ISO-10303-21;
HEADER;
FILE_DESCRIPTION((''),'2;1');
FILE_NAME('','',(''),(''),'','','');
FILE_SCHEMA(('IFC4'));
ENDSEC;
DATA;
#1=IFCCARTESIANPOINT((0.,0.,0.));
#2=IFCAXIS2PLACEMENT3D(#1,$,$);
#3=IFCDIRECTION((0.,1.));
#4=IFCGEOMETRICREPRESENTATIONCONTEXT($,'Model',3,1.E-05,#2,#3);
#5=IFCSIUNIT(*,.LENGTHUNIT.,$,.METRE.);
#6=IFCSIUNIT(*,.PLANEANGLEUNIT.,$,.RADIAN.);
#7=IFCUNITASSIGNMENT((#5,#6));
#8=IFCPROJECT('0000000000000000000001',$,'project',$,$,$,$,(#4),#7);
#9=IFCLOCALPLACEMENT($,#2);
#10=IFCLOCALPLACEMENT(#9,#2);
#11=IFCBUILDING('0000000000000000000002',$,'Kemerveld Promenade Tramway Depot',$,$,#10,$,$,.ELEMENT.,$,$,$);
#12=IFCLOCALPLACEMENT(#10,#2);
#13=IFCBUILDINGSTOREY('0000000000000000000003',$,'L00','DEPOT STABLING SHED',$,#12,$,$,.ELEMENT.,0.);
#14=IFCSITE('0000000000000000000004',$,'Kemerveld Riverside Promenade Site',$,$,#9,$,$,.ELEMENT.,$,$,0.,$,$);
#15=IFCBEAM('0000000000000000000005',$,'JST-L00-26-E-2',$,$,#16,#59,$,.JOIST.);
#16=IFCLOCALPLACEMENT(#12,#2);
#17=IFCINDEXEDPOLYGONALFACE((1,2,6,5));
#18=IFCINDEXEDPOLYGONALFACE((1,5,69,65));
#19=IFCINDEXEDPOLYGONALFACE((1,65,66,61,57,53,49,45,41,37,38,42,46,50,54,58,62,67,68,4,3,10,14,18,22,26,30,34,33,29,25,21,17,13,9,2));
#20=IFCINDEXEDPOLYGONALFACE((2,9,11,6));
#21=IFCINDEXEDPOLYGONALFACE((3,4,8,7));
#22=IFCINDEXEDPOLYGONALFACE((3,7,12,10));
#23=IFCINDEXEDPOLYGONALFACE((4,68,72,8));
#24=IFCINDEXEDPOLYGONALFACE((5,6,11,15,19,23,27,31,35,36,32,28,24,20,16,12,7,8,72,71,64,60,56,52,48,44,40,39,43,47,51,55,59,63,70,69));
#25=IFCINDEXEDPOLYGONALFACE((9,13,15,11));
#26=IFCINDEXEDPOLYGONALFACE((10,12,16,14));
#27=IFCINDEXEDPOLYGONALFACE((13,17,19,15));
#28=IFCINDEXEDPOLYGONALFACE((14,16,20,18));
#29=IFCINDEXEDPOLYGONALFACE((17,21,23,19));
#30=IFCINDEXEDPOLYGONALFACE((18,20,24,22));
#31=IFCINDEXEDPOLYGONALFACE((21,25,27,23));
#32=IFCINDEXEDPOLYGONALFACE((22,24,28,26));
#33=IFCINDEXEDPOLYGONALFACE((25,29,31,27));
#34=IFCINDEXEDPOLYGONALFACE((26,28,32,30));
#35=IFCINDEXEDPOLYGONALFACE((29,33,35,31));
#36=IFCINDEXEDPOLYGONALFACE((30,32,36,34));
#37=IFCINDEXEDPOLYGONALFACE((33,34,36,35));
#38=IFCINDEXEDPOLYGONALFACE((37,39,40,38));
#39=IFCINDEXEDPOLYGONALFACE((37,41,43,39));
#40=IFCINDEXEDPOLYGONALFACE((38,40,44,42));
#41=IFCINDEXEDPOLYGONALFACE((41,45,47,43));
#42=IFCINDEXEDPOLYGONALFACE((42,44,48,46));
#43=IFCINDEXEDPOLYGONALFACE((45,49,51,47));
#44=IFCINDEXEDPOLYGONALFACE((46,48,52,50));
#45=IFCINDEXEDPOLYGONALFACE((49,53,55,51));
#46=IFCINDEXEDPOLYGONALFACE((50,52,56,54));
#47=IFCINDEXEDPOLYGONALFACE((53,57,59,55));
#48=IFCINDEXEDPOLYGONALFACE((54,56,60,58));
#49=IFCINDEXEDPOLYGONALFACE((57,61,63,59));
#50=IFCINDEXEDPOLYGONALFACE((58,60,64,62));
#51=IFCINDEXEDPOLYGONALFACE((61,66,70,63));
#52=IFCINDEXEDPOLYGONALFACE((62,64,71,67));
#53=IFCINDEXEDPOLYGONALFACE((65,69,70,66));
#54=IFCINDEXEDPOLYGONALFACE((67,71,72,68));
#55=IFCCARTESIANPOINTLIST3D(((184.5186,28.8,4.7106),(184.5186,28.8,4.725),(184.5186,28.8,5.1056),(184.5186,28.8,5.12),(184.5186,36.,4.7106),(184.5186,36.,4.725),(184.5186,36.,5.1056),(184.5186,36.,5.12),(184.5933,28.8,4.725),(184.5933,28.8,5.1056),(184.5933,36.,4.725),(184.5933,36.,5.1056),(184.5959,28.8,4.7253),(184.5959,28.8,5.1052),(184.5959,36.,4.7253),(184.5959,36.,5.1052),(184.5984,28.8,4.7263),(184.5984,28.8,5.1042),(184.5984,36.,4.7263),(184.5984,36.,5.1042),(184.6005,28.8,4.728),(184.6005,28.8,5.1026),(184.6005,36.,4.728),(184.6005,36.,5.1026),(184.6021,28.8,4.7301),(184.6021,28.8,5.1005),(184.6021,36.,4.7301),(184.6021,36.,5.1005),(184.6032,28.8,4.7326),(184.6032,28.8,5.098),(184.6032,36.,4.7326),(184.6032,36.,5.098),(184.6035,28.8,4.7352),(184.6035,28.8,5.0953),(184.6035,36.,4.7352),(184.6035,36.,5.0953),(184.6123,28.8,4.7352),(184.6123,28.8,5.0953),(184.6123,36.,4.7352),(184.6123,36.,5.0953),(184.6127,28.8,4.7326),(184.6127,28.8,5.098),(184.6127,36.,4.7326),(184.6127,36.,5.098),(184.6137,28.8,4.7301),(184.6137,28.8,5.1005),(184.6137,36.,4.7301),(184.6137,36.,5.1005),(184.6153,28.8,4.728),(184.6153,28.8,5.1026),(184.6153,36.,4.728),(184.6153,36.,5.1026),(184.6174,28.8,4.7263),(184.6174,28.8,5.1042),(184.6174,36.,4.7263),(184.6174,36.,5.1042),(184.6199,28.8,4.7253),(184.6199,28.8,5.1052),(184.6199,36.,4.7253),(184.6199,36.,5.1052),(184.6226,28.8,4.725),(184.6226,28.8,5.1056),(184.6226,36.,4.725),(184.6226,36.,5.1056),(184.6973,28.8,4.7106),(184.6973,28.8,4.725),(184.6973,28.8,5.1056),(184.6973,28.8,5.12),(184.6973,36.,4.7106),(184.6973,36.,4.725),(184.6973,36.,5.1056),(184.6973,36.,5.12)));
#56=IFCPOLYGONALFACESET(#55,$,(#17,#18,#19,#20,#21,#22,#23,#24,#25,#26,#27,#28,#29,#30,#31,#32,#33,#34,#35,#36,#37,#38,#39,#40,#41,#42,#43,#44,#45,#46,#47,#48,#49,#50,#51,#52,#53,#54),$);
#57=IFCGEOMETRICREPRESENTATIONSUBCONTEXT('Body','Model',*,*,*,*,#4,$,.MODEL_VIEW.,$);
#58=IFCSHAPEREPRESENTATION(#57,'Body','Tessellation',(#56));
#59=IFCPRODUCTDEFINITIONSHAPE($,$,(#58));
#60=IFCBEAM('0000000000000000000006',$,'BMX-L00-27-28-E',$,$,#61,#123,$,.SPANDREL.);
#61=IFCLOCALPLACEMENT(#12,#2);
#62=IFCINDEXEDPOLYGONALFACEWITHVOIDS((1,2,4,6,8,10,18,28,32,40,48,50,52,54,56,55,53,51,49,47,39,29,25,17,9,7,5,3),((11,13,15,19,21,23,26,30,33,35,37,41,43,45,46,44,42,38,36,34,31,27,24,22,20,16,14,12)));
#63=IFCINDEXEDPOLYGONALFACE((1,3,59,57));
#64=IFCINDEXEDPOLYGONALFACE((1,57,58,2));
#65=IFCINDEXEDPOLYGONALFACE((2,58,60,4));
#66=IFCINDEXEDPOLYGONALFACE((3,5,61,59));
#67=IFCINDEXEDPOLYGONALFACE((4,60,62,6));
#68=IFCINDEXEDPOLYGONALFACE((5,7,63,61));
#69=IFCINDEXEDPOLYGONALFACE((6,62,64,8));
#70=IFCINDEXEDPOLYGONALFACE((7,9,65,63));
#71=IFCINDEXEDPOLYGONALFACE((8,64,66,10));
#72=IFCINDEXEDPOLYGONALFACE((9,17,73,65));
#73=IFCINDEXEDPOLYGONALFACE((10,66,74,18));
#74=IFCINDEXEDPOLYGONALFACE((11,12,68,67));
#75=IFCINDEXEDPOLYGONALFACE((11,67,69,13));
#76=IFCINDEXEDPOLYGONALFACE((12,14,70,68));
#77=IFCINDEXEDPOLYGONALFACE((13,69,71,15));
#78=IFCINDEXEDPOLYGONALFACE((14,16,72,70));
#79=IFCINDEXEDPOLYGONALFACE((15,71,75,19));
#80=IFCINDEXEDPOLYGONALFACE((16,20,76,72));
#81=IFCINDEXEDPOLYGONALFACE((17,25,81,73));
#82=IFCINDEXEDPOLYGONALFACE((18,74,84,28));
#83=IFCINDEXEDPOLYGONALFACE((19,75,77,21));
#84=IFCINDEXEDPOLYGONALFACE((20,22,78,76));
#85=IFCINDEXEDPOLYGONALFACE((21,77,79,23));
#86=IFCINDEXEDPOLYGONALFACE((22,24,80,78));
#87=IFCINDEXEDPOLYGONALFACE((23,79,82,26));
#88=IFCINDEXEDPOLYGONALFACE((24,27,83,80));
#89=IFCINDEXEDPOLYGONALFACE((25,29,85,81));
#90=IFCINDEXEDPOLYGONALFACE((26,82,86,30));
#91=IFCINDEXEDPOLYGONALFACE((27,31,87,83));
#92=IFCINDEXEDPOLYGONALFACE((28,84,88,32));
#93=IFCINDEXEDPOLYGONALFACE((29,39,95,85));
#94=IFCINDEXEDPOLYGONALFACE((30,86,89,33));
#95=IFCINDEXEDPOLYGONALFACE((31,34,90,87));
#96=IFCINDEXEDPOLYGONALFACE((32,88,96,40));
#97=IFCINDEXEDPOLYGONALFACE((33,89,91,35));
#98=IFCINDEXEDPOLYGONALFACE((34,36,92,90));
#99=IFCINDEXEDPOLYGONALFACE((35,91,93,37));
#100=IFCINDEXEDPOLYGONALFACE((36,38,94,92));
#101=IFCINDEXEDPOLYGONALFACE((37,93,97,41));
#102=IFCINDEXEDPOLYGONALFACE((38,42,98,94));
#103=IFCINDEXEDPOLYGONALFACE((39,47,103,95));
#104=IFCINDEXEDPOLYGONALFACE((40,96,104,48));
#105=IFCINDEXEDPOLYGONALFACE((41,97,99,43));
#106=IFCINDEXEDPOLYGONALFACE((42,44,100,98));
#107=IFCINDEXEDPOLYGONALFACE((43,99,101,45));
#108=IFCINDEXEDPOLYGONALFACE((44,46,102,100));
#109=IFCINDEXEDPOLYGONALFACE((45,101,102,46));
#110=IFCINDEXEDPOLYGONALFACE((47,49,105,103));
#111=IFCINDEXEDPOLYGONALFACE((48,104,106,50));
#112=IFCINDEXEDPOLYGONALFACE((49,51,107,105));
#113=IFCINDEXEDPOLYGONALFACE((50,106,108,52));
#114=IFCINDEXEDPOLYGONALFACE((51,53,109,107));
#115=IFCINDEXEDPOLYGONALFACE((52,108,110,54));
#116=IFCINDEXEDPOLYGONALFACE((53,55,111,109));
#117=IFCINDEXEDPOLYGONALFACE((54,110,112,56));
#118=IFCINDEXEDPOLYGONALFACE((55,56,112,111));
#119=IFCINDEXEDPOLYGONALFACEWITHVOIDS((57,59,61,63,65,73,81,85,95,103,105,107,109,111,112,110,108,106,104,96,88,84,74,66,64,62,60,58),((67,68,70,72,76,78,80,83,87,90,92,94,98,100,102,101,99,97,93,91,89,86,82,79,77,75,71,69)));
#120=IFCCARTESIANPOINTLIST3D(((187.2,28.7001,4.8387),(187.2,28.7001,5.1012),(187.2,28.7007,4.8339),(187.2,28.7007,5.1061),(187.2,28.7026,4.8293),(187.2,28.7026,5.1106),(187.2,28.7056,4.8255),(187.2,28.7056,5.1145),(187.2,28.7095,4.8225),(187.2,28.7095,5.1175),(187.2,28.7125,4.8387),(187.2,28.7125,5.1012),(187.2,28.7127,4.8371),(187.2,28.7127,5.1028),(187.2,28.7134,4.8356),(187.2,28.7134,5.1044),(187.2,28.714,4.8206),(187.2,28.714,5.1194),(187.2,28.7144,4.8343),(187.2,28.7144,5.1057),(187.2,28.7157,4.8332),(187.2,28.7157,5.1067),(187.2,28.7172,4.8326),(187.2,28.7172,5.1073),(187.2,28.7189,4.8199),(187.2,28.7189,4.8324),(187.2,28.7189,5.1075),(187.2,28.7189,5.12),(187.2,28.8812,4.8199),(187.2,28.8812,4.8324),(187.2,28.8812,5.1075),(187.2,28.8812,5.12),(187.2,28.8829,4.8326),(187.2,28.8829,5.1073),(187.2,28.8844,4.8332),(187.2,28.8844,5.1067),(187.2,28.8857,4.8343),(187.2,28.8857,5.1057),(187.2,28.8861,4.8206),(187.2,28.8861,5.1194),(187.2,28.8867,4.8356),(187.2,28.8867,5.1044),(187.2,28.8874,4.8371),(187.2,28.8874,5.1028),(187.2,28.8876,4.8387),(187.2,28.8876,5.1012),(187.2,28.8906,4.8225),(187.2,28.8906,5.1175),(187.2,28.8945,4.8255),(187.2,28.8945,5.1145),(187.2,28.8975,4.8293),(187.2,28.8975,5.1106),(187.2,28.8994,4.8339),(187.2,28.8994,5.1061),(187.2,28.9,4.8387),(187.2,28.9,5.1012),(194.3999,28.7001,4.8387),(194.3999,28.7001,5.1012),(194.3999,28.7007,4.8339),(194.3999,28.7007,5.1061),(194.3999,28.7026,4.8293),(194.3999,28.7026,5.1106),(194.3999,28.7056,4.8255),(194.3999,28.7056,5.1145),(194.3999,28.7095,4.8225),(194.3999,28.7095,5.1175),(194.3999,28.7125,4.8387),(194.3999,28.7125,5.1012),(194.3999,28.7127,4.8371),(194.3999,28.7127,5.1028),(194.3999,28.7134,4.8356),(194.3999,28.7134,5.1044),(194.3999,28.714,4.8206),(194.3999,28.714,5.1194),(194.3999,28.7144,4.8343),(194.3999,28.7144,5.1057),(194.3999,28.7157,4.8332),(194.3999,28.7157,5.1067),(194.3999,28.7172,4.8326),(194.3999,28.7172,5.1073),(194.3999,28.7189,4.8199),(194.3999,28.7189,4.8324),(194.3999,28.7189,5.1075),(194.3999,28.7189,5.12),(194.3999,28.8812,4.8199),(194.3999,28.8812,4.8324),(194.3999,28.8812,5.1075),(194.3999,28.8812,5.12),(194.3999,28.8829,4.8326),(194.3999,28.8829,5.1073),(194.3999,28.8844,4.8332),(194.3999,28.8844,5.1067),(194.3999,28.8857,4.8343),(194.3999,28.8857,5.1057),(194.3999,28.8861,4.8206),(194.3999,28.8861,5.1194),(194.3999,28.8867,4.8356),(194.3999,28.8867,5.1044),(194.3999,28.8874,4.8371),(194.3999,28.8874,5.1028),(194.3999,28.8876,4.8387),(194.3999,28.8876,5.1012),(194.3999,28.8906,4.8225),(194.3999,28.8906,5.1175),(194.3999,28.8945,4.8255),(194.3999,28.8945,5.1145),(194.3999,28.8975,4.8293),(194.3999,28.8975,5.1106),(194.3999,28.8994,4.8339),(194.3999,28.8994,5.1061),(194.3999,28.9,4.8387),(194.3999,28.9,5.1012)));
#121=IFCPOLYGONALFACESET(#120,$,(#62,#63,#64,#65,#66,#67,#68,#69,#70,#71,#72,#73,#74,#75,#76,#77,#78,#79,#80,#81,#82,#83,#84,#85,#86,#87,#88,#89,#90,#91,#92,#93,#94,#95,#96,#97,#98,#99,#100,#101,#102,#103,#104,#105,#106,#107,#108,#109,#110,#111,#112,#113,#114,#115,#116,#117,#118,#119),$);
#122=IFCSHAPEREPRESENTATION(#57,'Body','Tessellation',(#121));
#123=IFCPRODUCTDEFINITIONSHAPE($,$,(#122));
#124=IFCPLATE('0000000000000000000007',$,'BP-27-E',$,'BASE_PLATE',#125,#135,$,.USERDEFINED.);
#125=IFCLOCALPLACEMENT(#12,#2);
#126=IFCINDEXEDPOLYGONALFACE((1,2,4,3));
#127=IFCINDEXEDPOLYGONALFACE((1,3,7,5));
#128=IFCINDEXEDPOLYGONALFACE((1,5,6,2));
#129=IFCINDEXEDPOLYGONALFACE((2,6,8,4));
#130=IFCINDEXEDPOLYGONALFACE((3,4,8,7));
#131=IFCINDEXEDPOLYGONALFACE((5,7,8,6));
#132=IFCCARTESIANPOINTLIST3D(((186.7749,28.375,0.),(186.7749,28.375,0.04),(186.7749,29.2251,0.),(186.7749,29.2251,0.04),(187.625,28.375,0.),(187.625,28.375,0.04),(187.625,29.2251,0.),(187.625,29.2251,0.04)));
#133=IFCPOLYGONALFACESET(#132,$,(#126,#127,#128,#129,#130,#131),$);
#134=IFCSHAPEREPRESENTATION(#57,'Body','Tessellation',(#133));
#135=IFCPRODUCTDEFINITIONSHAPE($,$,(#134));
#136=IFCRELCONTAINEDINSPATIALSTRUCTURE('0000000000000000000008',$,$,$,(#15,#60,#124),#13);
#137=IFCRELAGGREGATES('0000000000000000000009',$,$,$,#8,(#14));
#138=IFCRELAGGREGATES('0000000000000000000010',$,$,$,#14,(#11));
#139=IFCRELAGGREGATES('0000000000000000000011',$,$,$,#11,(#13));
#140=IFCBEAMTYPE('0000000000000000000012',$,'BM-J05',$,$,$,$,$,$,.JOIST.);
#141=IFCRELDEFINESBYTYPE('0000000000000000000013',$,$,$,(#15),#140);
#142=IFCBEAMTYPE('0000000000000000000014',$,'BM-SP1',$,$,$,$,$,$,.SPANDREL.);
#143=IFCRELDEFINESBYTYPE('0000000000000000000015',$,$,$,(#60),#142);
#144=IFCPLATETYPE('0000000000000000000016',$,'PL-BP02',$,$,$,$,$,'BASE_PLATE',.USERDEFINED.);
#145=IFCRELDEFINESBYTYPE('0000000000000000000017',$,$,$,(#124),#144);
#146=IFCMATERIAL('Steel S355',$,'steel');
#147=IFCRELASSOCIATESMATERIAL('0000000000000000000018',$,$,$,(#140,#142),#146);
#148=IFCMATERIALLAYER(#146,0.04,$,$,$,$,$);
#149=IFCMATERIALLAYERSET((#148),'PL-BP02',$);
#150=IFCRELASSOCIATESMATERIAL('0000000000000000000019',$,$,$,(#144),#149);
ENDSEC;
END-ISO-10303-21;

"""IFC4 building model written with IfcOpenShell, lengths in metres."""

from ifc_helpers import new_model, si_unit, direction, frame, origin, origin_2d, place, context, subcontext, project, spatial, rectangle, hollow_rectangle, i_section, extrude, material, layer, layer_set, material_profile, profile_set, type_object, element, save


model = new_model("IFC4")

# Units and contexts
model_context = context("Model", 3, precision=1e-05, world=origin(), true_north=direction((0.0, 1.0)))
body_context = subcontext(model_context, "Body", "Model", "MODEL_VIEW")
ifc_project = project(units=[si_unit("LENGTHUNIT", "METRE"), si_unit("PLANEANGLEUNIT", "RADIAN")], contexts=[model_context])

# Site, building, storey
site_placement = place(None, origin())
site = spatial("IfcSite", under=ifc_project, at=site_placement, Name="Kemerveld Riverside Promenade Site", CompositionType="ELEMENT", RefElevation=0.0)
building_placement = place(site_placement, origin())
building = spatial("IfcBuilding", under=site, at=building_placement, Name="Kemerveld Promenade Tramway Depot", CompositionType="ELEMENT")
storey_placement = place(building_placement, origin())
storey = spatial("IfcBuildingStorey", under=building, at=storey_placement, Name="L00", Description="DEPOT STABLING SHED", CompositionType="ELEMENT", Elevation=0.0)

# Shared definitions
ifc_material_1 = material(Name="Steel S355", Category="steel")

# Beams
ifc_material_profile_1 = material_profile(ifc_material_1, i_section(OverallWidth=0.1787, OverallDepth=0.4094, WebThickness=0.0088, FlangeThickness=0.0144, FilletRadius=0.0103, at=origin_2d()), Name="406x178x67 UB")
ifc_profile_set_1 = profile_set([ifc_material_profile_1], Name="Steel S355")
beam_type_1 = type_object("IfcBeamType", Name="BM-J05", PredefinedType="JOIST", material=ifc_profile_set_1)
for number, where, z_axis, x_axis, name in (
    (1, (184.6079, 28.8, 4.9153), (0.0, 1.0, 0.0), (-1.0, 0.0, 0.0), "JST-L00-26-E-2"),
):
    element("IfcBeam", number, at=place(storey_placement, frame(where, z_axis=z_axis, x_axis=x_axis)), inside=storey, type_object=beam_type_1, Name=name, PredefinedType="JOIST", context=body_context, shape_type="SweptSolid", body=[
        extrude(i_section(OverallWidth=0.1787, OverallDepth=0.4094, WebThickness=0.0088, FlangeThickness=0.0144, FilletRadius=0.0103, at=origin_2d()), origin(), (0.0, 0.0, 1.0), 7.2),
    ])
ifc_material_profile_2 = material_profile(ifc_material_1, hollow_rectangle(XDim=0.2, YDim=0.3, WallThickness=0.0125, InnerFilletRadius=0.0063, OuterFilletRadius=0.0188, at=origin_2d()), Name="300x200x12.5 RHS")
ifc_profile_set_2 = profile_set([ifc_material_profile_2], Name="Steel S355")
beam_type_2 = type_object("IfcBeamType", Name="BM-SP1", PredefinedType="SPANDREL", material=ifc_profile_set_2)
beam_1_placement = place(storey_placement, frame((187.2, 28.8, 4.97), z_axis=(1.0, 0.0, 0.0), x_axis=(0.0, 1.0, 0.0)))
element("IfcBeam", 2, at=beam_1_placement, inside=storey, type_object=beam_type_2, Name="BMX-L00-27-28-E", PredefinedType="SPANDREL", context=body_context, shape_type="SweptSolid", body=[
    extrude(hollow_rectangle(XDim=0.2, YDim=0.3, WallThickness=0.0125, InnerFilletRadius=0.0063, OuterFilletRadius=0.0188, at=origin_2d()), origin(), (0.0, 0.0, 1.0), 7.2),
])

# Plate
ifc_layer = layer(ifc_material_1, 0.04)
ifc_layer_set = layer_set([ifc_layer], Name="PL-BP02")
plate_type = type_object("IfcPlateType", Name="PL-BP02", ElementType="BASE_PLATE", PredefinedType="USERDEFINED", material=ifc_layer_set)
plate_placement = place(storey_placement, frame((187.2, 28.8, 0.0), z_axis=(0.0, 0.0, 1.0), x_axis=(1.0, 0.0, 0.0)))
element("IfcPlate", 3, at=plate_placement, inside=storey, type_object=plate_type, Name="BP-27-E", ObjectType="BASE_PLATE", PredefinedType="USERDEFINED", context=body_context, shape_type="SweptSolid", body=[
    extrude(rectangle(XDim=0.8501, YDim=0.8501, at=origin_2d()), origin(), (0.0, 0.0, 1.0), 0.04),
])

save(model, "model.ifc")
